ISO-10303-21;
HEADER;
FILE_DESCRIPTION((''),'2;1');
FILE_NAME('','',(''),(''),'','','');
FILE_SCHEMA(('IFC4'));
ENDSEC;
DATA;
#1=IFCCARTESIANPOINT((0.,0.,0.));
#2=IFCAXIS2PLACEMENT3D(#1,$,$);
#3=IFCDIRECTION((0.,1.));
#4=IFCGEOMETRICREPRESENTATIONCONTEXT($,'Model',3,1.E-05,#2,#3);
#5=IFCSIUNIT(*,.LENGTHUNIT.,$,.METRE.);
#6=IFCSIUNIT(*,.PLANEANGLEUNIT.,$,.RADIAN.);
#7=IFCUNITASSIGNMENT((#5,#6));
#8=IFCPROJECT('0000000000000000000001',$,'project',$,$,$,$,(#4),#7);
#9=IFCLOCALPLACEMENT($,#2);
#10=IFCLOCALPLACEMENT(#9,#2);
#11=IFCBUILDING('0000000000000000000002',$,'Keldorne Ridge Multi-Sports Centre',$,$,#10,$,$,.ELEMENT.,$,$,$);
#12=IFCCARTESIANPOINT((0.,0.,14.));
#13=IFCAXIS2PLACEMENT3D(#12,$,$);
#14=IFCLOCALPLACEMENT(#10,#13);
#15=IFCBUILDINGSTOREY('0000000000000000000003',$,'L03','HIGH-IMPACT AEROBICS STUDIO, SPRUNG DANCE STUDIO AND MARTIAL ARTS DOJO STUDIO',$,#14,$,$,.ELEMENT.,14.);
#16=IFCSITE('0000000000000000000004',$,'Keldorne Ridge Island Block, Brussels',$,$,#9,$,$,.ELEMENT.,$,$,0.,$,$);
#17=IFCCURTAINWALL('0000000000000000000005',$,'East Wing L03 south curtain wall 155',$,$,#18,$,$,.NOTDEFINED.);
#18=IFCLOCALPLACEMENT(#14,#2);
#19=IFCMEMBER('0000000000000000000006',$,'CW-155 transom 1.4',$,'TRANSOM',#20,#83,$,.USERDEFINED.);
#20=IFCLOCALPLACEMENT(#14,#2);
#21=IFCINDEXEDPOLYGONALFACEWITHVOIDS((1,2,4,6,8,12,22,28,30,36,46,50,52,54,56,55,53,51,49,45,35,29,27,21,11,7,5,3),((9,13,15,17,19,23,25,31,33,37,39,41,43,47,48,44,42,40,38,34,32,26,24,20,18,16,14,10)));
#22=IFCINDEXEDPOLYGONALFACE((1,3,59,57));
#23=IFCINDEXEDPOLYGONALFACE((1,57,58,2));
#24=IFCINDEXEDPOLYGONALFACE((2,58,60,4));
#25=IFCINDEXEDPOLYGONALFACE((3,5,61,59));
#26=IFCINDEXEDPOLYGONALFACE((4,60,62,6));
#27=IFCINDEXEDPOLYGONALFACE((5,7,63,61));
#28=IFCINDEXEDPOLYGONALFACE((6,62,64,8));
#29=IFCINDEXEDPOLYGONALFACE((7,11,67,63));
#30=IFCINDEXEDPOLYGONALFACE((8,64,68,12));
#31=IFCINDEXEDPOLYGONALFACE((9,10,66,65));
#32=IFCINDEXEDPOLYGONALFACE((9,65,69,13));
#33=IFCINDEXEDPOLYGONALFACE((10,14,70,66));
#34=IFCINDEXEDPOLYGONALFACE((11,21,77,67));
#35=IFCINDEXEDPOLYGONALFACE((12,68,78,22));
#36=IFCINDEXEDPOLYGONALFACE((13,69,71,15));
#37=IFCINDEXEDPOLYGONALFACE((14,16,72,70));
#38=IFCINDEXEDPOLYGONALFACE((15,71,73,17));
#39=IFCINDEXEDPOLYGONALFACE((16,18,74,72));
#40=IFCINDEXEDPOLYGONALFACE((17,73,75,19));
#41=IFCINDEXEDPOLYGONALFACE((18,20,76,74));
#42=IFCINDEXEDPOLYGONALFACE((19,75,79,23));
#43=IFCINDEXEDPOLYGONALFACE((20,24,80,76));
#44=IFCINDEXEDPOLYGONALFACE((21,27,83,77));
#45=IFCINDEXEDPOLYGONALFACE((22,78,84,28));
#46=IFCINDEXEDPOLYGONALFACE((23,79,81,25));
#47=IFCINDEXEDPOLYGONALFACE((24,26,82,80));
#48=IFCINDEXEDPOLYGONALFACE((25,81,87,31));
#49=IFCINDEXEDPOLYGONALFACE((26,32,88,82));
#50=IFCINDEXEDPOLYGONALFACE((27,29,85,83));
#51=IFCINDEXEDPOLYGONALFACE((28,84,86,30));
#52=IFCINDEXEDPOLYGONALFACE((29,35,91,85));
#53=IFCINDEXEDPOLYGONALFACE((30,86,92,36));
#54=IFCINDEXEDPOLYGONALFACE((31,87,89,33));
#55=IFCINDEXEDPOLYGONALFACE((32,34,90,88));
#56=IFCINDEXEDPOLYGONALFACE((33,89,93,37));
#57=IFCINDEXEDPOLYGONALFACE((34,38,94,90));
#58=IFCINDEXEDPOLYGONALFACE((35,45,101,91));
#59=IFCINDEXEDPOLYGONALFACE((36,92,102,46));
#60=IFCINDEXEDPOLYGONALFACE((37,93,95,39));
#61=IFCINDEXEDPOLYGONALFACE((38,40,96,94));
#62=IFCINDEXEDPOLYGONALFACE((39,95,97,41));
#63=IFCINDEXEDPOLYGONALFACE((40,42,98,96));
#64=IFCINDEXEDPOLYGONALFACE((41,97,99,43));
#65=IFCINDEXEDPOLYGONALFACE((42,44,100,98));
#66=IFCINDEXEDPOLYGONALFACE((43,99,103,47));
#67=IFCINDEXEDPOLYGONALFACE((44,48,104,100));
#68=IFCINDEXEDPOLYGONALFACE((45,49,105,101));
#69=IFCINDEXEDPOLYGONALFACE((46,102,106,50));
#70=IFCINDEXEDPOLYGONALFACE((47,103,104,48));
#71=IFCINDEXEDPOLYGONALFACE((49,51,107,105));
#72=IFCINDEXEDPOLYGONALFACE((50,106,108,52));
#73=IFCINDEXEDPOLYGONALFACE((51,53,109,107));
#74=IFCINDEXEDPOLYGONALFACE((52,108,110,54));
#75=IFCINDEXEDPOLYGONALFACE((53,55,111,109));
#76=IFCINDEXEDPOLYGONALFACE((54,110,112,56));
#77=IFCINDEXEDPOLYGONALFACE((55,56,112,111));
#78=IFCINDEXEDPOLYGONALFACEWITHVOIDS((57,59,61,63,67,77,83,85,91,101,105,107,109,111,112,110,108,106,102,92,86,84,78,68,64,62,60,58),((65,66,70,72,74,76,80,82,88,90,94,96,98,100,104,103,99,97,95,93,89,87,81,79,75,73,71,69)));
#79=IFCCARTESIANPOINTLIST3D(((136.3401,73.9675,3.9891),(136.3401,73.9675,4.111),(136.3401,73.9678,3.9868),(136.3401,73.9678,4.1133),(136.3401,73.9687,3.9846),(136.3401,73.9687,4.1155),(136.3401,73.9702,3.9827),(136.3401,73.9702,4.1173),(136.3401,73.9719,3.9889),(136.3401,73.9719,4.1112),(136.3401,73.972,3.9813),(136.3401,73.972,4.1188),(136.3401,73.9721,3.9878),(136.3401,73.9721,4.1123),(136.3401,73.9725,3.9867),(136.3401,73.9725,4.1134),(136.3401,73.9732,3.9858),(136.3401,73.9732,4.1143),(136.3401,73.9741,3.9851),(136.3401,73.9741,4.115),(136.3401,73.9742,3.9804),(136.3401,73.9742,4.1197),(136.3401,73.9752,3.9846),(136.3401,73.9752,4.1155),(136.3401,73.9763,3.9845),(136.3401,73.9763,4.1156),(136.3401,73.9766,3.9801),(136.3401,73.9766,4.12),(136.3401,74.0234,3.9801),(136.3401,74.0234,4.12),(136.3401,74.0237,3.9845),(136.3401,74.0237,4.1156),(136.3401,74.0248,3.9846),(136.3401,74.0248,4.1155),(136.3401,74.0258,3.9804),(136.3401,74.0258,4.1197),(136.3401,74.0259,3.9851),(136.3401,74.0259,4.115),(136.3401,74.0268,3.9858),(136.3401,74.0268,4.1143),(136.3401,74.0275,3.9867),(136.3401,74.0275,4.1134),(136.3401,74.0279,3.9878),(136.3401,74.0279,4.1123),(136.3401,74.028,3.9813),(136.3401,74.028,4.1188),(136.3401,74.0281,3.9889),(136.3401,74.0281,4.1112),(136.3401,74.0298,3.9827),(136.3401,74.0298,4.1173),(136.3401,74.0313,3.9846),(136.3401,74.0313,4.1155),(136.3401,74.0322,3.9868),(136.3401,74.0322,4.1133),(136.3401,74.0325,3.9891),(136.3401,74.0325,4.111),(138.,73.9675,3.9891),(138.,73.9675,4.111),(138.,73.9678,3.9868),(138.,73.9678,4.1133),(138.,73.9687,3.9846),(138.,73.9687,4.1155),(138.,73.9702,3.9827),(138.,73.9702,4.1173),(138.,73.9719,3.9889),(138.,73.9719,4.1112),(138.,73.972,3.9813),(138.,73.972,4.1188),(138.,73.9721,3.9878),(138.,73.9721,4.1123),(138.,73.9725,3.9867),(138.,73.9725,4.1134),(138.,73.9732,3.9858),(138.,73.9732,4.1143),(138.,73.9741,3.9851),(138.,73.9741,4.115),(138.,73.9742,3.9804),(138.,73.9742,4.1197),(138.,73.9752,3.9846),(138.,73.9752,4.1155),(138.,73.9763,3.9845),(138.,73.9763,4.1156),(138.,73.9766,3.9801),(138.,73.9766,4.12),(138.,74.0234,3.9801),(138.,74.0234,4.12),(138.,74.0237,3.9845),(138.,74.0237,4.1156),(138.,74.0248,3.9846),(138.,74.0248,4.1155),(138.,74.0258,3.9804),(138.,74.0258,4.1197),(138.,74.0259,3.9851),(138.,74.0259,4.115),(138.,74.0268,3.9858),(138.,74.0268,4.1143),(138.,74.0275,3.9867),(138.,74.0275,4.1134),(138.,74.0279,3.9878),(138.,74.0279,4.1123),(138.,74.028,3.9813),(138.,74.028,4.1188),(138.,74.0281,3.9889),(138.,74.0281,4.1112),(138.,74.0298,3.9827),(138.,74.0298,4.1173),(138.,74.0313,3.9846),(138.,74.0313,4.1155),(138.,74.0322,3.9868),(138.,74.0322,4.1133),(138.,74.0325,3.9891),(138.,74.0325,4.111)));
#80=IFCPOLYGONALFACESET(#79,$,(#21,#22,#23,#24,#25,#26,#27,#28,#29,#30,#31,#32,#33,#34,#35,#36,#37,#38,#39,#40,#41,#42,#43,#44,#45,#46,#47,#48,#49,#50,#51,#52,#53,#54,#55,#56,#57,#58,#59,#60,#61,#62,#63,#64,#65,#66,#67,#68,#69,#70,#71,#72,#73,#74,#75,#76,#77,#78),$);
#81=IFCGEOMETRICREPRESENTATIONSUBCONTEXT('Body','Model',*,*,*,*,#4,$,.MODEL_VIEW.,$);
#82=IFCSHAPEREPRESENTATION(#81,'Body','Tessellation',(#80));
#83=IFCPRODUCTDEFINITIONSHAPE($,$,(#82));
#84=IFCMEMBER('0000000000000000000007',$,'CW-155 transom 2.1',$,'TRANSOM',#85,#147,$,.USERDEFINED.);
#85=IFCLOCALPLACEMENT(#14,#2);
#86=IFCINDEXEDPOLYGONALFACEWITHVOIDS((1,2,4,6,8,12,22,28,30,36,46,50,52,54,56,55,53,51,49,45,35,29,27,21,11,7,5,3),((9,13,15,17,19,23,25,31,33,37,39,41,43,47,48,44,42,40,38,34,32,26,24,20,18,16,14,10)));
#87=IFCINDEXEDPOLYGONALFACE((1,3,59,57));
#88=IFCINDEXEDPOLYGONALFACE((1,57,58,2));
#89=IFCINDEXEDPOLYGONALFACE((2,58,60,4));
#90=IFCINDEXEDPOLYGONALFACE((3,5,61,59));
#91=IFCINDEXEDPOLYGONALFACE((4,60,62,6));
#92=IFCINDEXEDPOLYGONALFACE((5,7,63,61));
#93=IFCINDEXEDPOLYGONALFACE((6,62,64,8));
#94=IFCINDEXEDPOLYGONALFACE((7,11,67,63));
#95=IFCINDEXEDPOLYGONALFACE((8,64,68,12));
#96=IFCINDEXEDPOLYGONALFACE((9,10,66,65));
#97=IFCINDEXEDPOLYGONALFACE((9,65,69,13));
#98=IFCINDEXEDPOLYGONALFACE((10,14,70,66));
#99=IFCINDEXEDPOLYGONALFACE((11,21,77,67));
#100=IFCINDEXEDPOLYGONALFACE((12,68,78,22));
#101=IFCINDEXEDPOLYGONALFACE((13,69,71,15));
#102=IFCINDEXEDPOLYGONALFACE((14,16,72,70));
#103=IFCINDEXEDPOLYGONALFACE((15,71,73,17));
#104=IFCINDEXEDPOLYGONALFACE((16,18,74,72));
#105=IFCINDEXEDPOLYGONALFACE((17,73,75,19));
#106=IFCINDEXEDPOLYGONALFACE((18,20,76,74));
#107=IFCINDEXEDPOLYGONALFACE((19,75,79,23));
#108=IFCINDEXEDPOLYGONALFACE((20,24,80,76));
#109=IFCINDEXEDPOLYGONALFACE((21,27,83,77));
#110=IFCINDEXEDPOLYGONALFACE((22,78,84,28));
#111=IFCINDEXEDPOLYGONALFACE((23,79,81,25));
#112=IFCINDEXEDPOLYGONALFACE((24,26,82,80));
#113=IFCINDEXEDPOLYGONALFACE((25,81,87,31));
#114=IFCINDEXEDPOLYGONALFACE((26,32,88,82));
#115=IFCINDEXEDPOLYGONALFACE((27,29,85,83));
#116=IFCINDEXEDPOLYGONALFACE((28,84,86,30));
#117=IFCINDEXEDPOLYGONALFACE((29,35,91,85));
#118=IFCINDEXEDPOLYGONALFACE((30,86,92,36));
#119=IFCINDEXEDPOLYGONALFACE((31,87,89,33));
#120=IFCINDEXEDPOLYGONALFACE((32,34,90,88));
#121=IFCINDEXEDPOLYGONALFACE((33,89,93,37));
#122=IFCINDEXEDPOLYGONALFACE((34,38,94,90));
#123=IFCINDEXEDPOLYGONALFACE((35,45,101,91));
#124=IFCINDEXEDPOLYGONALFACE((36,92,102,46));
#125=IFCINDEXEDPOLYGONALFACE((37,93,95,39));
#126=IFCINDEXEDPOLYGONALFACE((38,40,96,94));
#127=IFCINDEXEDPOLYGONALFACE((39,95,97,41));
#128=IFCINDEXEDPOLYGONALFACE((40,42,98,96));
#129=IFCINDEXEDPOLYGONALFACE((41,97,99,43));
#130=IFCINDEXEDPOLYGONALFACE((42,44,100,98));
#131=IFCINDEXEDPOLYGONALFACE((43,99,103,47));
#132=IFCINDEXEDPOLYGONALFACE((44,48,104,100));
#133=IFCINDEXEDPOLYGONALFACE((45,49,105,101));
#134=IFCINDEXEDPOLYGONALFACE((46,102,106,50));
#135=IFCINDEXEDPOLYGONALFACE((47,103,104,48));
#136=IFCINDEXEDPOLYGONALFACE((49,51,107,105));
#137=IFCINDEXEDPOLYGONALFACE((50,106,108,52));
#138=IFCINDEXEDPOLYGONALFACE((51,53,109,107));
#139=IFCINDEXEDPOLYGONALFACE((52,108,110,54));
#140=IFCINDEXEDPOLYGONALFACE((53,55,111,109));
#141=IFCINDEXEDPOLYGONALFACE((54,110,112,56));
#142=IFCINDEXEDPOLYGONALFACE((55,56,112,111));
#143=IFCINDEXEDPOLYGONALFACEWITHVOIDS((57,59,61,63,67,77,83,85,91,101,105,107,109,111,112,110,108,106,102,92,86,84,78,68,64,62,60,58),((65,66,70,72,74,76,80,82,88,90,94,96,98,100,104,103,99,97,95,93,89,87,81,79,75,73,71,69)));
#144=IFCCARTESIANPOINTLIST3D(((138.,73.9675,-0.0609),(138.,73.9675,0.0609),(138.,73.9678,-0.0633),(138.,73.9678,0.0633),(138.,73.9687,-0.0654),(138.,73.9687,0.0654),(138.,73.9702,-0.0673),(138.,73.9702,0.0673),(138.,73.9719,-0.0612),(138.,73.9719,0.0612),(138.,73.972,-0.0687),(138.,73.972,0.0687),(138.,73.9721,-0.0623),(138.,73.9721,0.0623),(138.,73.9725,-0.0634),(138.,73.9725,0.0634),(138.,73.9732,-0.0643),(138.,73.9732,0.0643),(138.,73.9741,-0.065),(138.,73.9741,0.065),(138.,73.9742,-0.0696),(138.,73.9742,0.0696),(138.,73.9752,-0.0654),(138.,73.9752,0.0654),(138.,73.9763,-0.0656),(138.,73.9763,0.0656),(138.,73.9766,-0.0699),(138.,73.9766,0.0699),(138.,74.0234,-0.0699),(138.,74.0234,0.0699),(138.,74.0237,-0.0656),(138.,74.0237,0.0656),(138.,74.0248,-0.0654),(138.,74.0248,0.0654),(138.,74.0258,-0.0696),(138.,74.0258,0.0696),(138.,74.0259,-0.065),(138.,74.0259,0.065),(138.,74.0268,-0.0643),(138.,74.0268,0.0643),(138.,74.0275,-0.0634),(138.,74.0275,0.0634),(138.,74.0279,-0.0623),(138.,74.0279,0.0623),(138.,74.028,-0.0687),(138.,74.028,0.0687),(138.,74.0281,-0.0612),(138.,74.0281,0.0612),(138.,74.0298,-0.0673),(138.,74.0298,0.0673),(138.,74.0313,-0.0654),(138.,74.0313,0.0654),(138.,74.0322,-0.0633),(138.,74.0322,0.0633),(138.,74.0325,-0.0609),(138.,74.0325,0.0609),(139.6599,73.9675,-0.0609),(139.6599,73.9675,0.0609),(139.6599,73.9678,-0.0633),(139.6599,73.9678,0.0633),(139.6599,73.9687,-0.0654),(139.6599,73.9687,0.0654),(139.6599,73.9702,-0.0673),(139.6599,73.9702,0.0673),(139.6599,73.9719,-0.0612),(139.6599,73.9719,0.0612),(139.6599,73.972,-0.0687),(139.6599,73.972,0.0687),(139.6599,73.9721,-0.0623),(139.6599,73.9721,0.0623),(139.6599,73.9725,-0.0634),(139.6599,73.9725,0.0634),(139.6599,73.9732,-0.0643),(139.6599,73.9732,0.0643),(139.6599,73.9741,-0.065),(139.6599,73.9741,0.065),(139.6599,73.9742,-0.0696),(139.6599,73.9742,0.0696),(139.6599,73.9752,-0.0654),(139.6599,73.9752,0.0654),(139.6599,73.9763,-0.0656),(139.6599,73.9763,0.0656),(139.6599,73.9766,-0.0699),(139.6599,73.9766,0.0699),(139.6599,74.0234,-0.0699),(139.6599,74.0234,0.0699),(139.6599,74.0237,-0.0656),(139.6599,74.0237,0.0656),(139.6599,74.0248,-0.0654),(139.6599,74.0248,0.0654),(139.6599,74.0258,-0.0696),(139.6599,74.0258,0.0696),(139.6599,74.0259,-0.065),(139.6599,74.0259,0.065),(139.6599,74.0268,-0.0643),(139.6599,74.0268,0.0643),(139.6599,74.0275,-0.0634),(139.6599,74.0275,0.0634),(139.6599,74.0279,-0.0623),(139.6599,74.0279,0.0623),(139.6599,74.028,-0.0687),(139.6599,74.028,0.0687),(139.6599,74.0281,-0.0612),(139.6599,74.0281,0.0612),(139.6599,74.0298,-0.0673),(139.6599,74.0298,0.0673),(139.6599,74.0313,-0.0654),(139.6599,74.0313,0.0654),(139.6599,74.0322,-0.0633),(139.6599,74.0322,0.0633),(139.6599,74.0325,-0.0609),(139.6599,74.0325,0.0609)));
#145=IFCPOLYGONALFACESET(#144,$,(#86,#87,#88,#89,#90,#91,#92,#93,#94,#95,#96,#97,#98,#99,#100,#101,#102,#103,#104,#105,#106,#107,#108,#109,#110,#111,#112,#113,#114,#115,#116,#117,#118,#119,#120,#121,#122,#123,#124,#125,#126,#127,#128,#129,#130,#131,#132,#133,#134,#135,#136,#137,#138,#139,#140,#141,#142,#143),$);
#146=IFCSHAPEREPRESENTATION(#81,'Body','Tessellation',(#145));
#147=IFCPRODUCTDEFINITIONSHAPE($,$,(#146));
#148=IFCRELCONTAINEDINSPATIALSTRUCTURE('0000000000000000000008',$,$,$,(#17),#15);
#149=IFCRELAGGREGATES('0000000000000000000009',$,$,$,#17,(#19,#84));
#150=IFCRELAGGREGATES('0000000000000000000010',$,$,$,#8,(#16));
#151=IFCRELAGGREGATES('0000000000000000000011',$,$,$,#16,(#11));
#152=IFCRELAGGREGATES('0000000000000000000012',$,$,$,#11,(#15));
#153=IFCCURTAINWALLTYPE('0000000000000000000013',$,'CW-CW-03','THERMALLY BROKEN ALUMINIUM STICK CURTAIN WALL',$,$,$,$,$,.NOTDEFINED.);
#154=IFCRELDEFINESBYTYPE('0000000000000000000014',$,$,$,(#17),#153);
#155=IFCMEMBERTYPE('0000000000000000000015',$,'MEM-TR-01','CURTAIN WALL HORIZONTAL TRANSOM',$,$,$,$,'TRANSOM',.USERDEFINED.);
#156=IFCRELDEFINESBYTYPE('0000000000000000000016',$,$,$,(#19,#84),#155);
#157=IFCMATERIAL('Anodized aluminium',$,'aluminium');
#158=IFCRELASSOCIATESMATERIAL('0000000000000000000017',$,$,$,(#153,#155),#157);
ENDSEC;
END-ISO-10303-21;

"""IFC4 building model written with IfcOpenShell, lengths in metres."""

from ifc_helpers import new_model, si_unit, direction, frame, origin, origin_2d, place, context, subcontext, project, spatial, hollow_rectangle, extrude, material, material_profile, profile_set, type_object, element, aggregate, save


model = new_model("IFC4")

# Units and contexts
model_context = context("Model", 3, precision=1e-05, world=origin(), true_north=direction((0.0, 1.0)))
body_context = subcontext(model_context, "Body", "Model", "MODEL_VIEW")
ifc_project = project(units=[si_unit("LENGTHUNIT", "METRE"), si_unit("PLANEANGLEUNIT", "RADIAN")], contexts=[model_context])

# Site, building, storey
site_placement = place(None, origin())
site = spatial("IfcSite", under=ifc_project, at=site_placement, Name="Keldorne Ridge Island Block, Brussels", CompositionType="ELEMENT", RefElevation=0.0)
building_placement = place(site_placement, origin())
building = spatial("IfcBuilding", under=site, at=building_placement, Name="Keldorne Ridge Multi-Sports Centre", CompositionType="ELEMENT")
storey_placement = place(building_placement, frame((0.0, 0.0, 14.0)))
storey = spatial("IfcBuildingStorey", under=building, at=storey_placement, Name="L03", Description="HIGH-IMPACT AEROBICS STUDIO, SPRUNG DANCE STUDIO AND MARTIAL ARTS DOJO STUDIO", CompositionType="ELEMENT", Elevation=14.0)

# Shared definitions
ifc_material_1 = material(Name="Anodized aluminium", Category="aluminium")

# Curtain wall, members
curtain_wall_type_1 = type_object("IfcCurtainWallType", Name="CW-CW-03", Description="THERMALLY BROKEN ALUMINIUM STICK CURTAIN WALL", PredefinedType="NOTDEFINED", material=ifc_material_1)
curtain_wall_1_placement = place(storey_placement, origin())
curtain_wall_1 = element("IfcCurtainWall", 1, at=curtain_wall_1_placement, inside=storey, type_object=curtain_wall_type_1, Name="East Wing L03 south curtain wall 155", PredefinedType="NOTDEFINED")
ifc_material_profile_1 = material_profile(ifc_material_1, hollow_rectangle(XDim=0.0649, YDim=0.1399, WallThickness=0.0044, InnerFilletRadius=0.0044, OuterFilletRadius=0.009, at=origin_2d()), Name="ALU TRANSOM 140x65x4.5")
ifc_profile_set_1 = profile_set([ifc_material_profile_1], Name="Anodized aluminium")
member_type_1 = type_object("IfcMemberType", Name="MEM-TR-01", Description="CURTAIN WALL HORIZONTAL TRANSOM", ElementType="TRANSOM", PredefinedType="USERDEFINED", material=ifc_profile_set_1)
member_1_placement = place(storey_placement, frame((136.3401, 74.0, 4.05), z_axis=(1.0, 0.0, 0.0), x_axis=(0.0, 1.0, 0.0)))
member_1 = element("IfcMember", 2, at=member_1_placement, type_object=member_type_1, Name="CW-155 transom 1.4", ObjectType="TRANSOM", PredefinedType="USERDEFINED", context=body_context, shape_type="SweptSolid", body=[
    extrude(hollow_rectangle(XDim=0.0649, YDim=0.1399, WallThickness=0.0044, InnerFilletRadius=0.0044, OuterFilletRadius=0.009, at=origin_2d()), origin(), (0.0, 0.0, 1.0), 1.6599),
])
member_2_placement = place(storey_placement, frame((138.0, 74.0, 0.0), z_axis=(1.0, 0.0, 0.0), x_axis=(0.0, 1.0, 0.0)))
member_2 = element("IfcMember", 3, at=member_2_placement, type_object=member_type_1, Name="CW-155 transom 2.1", ObjectType="TRANSOM", PredefinedType="USERDEFINED", context=body_context, shape_type="SweptSolid", body=[
    extrude(hollow_rectangle(XDim=0.0649, YDim=0.1399, WallThickness=0.0044, InnerFilletRadius=0.0044, OuterFilletRadius=0.009, at=origin_2d()), origin(), (0.0, 0.0, 1.0), 1.6599),
])
aggregate(curtain_wall_1, [member_1, member_2])

save(model, "model.ifc")
